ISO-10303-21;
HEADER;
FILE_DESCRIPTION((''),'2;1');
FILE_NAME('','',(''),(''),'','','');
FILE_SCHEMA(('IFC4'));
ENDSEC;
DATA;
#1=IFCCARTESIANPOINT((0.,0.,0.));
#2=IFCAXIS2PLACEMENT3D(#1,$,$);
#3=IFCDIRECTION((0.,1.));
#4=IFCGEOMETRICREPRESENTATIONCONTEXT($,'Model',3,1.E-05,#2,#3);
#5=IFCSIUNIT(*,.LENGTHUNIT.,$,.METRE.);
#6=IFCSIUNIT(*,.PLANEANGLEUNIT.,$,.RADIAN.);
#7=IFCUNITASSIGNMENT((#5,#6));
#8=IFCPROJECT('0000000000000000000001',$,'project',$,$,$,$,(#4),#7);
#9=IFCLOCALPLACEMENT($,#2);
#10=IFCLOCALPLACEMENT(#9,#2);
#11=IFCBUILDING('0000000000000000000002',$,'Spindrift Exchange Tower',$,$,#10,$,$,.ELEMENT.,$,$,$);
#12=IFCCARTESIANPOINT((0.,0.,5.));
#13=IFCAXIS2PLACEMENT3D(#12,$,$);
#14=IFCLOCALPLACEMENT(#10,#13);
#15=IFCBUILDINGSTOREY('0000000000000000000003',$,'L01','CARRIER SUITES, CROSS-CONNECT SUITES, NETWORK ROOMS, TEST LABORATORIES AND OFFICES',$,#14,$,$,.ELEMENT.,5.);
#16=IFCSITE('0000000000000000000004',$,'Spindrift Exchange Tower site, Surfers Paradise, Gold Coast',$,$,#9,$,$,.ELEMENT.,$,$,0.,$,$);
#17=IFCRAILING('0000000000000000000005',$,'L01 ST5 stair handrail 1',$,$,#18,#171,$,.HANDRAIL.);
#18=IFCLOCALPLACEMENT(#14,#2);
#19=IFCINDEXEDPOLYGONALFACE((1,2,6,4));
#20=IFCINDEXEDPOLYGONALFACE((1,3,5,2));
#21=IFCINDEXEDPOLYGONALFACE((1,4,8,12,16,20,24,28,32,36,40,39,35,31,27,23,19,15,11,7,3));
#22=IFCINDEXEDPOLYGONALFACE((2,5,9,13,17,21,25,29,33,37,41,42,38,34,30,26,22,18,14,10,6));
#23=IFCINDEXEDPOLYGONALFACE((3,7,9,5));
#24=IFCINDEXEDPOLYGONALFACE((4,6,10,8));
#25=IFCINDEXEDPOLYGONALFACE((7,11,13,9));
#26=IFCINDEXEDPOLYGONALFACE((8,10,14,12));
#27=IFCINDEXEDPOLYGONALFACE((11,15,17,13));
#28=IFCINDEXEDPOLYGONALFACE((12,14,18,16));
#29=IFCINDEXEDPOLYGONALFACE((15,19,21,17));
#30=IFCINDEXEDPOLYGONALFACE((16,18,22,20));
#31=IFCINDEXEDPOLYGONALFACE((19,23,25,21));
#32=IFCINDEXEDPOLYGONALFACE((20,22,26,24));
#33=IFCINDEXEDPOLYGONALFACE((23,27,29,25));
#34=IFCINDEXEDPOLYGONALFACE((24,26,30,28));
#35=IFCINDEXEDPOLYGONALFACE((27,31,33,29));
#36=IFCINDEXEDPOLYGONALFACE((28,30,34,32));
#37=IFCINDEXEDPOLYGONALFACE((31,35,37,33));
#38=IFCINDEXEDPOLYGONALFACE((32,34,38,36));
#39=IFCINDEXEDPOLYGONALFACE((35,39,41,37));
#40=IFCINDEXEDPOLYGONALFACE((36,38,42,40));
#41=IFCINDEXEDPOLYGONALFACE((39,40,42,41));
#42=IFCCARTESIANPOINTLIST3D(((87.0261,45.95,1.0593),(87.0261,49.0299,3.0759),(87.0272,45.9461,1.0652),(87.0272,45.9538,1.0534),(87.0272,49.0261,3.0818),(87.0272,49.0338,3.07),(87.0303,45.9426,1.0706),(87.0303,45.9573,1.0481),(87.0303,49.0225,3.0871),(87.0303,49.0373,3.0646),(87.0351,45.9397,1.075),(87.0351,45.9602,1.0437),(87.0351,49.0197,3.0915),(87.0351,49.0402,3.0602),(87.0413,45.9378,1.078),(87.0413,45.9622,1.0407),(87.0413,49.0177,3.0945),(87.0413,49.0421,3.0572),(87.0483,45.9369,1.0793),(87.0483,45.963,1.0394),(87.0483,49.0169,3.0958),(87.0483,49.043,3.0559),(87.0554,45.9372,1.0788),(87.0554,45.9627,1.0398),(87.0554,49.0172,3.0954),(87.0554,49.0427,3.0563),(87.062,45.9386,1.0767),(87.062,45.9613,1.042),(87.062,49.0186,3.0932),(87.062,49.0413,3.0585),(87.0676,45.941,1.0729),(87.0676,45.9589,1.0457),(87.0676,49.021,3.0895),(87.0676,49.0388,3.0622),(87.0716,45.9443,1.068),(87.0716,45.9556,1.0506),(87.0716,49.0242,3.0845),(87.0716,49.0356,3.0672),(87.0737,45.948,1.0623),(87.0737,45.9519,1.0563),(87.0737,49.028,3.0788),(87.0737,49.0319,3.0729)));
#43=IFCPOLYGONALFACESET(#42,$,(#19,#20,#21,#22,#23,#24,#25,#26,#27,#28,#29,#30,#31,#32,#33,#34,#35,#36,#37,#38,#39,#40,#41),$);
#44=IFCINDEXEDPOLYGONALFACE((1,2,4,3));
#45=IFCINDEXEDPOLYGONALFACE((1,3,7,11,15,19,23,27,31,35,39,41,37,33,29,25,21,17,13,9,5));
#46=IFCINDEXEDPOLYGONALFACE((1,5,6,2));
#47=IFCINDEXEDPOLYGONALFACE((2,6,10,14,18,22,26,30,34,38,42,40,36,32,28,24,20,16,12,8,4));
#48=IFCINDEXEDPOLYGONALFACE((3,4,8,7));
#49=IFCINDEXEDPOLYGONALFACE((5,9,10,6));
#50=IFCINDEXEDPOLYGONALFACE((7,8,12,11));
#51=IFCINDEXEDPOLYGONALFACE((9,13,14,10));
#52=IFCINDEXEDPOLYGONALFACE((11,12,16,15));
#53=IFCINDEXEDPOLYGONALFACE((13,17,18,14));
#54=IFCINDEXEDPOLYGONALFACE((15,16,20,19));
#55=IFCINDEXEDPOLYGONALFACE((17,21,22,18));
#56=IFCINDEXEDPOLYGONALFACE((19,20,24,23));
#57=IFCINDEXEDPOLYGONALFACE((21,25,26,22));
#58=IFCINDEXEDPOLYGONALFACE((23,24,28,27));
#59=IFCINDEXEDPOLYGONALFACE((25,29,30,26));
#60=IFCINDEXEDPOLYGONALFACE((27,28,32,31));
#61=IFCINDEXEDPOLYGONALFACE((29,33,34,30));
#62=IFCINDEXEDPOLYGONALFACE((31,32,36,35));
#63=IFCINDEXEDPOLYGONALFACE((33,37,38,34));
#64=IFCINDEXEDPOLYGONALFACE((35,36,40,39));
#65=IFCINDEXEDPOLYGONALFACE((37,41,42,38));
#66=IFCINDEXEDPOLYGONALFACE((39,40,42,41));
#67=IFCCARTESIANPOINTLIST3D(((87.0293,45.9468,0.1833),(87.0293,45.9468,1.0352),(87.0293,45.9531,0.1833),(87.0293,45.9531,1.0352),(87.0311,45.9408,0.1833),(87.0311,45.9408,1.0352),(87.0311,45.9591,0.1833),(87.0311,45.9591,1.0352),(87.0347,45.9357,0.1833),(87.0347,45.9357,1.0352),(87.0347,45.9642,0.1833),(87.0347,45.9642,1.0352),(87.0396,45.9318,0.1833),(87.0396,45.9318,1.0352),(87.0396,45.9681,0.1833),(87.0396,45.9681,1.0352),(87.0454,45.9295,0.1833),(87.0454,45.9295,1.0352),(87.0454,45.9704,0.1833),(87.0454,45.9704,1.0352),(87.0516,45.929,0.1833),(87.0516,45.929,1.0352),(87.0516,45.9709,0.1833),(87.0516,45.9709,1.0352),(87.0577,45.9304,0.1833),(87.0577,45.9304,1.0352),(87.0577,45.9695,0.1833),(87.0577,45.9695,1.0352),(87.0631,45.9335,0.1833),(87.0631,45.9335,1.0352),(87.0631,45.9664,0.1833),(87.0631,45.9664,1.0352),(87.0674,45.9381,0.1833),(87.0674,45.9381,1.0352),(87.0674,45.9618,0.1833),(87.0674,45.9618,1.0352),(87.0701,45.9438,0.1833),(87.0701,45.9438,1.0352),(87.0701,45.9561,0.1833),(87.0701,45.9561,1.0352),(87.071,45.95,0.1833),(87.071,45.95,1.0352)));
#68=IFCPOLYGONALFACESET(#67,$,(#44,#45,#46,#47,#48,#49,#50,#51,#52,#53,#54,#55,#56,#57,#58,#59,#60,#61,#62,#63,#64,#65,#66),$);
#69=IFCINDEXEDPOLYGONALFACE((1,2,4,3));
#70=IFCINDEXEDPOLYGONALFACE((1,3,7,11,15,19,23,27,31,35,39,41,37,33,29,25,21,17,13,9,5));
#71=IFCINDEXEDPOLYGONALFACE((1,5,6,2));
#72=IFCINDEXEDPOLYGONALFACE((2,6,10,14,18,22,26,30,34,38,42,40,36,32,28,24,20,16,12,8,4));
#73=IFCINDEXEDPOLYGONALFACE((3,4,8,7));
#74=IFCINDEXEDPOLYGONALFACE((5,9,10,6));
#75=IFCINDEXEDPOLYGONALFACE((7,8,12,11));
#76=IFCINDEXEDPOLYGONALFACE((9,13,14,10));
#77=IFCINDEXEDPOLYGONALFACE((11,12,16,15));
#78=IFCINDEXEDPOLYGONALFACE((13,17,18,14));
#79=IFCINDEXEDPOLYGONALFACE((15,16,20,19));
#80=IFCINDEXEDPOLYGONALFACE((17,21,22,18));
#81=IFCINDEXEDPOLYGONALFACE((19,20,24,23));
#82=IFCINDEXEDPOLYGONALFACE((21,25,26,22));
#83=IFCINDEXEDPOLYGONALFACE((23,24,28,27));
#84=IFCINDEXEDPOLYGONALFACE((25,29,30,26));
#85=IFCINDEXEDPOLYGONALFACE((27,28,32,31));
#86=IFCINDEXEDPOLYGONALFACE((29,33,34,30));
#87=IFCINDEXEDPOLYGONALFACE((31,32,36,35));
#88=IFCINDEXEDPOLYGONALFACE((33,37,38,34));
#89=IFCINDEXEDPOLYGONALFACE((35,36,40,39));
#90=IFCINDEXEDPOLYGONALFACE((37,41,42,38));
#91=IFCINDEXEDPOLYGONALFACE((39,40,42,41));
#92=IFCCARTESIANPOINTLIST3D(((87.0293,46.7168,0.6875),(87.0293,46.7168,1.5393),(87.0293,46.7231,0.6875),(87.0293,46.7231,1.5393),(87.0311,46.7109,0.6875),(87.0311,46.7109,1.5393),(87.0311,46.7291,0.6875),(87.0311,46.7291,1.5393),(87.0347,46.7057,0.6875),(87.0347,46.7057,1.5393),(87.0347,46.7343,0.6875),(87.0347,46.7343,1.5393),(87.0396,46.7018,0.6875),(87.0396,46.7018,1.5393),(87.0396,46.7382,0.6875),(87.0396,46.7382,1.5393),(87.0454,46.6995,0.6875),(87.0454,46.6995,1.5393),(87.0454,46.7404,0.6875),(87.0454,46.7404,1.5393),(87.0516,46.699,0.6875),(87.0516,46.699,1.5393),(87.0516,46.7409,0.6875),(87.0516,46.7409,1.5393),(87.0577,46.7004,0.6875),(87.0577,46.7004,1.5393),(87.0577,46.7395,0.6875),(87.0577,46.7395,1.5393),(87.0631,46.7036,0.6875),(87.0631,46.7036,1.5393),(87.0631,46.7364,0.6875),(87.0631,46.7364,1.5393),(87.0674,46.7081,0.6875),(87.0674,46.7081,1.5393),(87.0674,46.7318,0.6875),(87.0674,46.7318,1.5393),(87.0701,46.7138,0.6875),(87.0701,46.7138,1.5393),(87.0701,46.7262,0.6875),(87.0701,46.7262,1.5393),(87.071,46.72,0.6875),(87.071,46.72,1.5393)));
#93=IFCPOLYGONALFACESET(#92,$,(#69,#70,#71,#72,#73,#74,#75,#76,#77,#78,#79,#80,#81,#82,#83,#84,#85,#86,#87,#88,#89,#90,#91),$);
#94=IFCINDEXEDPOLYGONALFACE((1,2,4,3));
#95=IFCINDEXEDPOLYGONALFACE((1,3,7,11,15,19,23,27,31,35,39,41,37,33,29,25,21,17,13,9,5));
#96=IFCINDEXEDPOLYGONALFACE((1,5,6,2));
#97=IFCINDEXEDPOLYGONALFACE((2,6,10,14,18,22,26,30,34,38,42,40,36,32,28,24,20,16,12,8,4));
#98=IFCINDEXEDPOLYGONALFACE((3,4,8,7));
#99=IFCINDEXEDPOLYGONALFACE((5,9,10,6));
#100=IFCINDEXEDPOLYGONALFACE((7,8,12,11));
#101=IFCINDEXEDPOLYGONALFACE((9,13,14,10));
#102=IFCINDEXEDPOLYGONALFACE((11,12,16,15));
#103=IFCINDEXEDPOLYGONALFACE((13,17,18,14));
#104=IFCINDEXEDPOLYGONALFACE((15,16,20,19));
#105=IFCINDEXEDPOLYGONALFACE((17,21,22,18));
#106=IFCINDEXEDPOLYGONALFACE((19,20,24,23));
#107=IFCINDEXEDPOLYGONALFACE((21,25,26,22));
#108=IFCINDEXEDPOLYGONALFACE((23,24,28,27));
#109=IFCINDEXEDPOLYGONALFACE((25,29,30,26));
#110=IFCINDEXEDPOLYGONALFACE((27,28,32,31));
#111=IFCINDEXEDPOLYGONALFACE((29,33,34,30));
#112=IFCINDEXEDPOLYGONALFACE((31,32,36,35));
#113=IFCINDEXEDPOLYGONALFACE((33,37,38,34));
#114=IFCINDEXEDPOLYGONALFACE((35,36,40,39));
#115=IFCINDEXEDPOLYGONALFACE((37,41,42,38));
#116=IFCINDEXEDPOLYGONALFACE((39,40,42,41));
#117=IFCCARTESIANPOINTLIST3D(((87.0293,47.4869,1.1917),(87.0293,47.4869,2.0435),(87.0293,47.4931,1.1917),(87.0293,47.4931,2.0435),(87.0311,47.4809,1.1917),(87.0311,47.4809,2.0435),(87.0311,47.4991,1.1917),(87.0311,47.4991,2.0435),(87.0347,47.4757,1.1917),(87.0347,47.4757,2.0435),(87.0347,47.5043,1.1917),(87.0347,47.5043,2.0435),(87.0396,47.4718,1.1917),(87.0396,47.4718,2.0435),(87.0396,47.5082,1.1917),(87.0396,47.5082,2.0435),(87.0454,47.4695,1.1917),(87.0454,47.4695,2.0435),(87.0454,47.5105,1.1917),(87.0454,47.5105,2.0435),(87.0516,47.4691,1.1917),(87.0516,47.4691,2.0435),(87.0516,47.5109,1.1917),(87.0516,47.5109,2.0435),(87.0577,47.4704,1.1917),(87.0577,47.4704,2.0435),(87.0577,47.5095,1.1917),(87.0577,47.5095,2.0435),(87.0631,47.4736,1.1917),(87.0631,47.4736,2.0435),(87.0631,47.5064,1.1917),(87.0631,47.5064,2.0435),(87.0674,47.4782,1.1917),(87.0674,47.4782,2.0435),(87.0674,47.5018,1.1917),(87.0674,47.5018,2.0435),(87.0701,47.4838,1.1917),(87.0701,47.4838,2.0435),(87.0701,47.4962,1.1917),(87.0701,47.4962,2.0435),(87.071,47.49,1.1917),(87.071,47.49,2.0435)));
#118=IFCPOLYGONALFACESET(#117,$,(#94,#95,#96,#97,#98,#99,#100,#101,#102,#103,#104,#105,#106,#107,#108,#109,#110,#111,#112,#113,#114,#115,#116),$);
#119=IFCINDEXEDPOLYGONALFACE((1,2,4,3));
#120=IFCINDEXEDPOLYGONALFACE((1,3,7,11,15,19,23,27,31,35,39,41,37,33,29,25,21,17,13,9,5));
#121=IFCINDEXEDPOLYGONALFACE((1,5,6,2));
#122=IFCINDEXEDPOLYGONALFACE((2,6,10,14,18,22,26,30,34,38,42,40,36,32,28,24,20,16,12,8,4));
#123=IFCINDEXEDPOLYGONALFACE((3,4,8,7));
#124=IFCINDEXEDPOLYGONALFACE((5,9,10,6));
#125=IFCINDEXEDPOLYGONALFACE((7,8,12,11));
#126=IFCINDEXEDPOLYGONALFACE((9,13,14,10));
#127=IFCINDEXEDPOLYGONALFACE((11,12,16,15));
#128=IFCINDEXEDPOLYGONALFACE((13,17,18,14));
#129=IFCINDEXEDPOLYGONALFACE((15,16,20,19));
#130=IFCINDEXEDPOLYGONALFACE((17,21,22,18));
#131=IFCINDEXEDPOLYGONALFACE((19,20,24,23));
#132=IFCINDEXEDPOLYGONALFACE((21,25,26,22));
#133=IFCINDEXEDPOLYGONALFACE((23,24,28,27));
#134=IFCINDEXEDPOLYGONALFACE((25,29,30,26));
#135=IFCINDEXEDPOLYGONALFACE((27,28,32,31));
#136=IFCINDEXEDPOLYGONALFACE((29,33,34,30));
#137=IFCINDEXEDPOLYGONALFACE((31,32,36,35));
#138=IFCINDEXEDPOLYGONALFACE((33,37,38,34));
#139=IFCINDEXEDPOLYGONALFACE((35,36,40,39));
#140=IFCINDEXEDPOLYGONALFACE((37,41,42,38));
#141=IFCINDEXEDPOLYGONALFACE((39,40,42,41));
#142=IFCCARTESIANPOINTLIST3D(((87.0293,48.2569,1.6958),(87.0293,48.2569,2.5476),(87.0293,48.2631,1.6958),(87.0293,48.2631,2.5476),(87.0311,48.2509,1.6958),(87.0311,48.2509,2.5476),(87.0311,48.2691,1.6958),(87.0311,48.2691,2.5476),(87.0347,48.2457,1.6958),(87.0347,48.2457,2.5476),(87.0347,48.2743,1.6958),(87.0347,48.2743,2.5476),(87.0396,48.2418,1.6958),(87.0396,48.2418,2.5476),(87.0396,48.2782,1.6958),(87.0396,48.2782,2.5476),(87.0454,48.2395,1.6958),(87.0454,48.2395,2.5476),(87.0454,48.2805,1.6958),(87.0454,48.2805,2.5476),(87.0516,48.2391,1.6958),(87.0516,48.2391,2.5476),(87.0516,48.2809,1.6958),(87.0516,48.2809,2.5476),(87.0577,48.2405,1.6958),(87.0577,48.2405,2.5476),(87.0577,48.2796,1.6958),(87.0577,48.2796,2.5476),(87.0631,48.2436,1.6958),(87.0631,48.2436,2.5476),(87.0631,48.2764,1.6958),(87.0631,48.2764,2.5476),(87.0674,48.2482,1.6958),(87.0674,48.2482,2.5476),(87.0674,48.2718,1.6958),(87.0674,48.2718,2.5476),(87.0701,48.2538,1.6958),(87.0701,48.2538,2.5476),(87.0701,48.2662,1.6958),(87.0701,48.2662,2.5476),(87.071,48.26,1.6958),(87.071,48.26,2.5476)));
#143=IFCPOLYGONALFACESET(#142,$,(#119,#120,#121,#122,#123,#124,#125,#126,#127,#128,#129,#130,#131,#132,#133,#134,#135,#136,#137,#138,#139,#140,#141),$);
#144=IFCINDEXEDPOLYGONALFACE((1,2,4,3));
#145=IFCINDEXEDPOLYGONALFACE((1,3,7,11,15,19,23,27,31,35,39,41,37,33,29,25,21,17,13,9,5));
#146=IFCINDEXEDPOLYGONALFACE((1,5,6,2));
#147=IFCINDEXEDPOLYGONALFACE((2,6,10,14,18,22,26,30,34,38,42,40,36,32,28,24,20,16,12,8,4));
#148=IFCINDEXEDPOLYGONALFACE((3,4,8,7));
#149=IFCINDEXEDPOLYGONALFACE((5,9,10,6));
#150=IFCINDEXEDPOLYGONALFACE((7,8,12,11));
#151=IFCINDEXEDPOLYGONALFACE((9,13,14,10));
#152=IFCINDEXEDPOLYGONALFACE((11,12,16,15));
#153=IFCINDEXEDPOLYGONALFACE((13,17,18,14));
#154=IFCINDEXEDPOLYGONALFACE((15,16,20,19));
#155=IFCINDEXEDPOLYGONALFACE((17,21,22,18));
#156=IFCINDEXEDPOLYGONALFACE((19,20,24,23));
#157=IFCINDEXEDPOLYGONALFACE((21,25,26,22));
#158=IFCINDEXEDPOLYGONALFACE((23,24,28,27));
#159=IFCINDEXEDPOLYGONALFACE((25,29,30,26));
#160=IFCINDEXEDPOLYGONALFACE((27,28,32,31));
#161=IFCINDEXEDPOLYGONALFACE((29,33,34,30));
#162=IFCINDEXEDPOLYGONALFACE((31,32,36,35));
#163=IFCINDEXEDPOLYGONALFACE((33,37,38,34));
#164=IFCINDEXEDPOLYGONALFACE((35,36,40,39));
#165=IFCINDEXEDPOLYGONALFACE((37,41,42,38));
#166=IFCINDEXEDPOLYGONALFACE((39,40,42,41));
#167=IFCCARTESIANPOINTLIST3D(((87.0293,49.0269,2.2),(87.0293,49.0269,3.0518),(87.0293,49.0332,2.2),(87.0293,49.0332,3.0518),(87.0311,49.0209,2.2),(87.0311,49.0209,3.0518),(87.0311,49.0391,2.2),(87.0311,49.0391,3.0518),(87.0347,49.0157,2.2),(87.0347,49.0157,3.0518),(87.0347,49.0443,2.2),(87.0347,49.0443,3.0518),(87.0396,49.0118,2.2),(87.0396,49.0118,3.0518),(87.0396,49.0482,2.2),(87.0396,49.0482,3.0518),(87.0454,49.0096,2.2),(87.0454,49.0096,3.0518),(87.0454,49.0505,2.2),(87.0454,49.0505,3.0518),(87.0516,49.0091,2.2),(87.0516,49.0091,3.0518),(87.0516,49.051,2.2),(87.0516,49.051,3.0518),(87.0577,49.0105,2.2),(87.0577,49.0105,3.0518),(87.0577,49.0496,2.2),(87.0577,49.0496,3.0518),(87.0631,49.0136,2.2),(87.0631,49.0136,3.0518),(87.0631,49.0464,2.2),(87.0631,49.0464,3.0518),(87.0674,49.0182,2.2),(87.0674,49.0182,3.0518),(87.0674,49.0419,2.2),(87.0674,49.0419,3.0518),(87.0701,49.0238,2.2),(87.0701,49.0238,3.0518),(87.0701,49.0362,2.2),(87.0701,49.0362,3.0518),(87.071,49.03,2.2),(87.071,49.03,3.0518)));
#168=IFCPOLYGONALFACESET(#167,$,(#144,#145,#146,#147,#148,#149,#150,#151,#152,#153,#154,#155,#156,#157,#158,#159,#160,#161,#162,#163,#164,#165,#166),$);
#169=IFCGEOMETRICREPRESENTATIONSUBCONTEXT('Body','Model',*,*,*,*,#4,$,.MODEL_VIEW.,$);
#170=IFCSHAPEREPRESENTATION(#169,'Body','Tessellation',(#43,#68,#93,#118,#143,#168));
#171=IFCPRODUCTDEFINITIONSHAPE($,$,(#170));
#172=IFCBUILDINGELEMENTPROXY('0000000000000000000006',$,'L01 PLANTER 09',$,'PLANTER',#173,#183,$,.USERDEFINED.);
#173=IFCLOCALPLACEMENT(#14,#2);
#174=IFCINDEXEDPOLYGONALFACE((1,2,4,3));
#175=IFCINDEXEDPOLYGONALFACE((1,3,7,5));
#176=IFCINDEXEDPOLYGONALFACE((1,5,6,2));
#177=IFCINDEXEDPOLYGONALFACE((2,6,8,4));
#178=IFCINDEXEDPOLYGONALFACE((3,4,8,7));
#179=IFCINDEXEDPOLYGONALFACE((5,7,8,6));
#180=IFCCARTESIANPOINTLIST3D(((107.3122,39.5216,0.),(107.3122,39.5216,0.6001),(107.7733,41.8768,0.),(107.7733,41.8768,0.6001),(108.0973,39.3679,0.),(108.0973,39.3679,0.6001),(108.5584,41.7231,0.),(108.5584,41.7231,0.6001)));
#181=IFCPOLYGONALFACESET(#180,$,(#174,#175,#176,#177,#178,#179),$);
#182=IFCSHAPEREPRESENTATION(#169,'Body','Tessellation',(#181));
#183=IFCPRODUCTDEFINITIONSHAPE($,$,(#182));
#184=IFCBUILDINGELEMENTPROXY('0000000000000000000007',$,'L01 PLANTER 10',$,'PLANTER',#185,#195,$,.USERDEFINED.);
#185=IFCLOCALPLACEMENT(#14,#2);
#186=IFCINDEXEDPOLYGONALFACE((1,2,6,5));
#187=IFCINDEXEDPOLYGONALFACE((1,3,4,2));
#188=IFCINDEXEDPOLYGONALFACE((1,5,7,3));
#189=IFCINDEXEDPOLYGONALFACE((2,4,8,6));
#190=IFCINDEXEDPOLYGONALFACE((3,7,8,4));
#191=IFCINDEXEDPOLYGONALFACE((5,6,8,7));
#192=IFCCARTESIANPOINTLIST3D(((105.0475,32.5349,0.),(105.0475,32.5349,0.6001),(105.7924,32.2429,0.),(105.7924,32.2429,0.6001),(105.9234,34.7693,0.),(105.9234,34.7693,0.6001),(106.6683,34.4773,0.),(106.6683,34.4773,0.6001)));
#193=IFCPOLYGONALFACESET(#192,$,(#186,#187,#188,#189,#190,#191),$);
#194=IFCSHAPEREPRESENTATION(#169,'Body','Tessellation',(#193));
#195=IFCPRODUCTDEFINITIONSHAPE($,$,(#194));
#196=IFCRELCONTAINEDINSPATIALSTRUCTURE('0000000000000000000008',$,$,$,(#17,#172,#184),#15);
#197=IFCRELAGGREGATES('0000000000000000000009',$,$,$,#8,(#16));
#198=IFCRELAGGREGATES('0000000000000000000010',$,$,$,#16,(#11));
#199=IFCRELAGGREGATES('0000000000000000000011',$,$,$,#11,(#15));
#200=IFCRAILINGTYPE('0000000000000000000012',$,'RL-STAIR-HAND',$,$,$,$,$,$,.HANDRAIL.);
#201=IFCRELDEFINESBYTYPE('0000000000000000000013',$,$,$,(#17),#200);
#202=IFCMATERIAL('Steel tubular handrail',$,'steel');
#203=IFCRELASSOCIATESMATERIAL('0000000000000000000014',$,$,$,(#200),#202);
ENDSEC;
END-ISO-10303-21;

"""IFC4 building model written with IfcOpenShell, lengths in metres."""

from ifc_helpers import new_model, si_unit, direction, frame, origin, origin_2d, place, context, subcontext, project, spatial, rectangle, circle, extrude, source, transform, mapped, material, type_object, element, save


model = new_model("IFC4")

# Units and contexts
model_context = context("Model", 3, precision=1e-05, world=origin(), true_north=direction((0.0, 1.0)))
body_context = subcontext(model_context, "Body", "Model", "MODEL_VIEW")
ifc_project = project(units=[si_unit("LENGTHUNIT", "METRE"), si_unit("PLANEANGLEUNIT", "RADIAN")], contexts=[model_context])

# Site, building, storey
site_placement = place(None, origin())
site = spatial("IfcSite", under=ifc_project, at=site_placement, Name="Spindrift Exchange Tower site, Surfers Paradise, Gold Coast", CompositionType="ELEMENT", RefElevation=0.0)
building_placement = place(site_placement, origin())
building = spatial("IfcBuilding", under=site, at=building_placement, Name="Spindrift Exchange Tower", CompositionType="ELEMENT")
storey_placement = place(building_placement, frame((0.0, 0.0, 5.0)))
storey = spatial("IfcBuildingStorey", under=building, at=storey_placement, Name="L01", Description="CARRIER SUITES, CROSS-CONNECT SUITES, NETWORK ROOMS, TEST LABORATORIES AND OFFICES", CompositionType="ELEMENT", Elevation=5.0)

# Railing
ifc_material_1 = material(Name="Steel tubular handrail", Category="steel")
railing_type_1 = type_object("IfcRailingType", Name="RL-STAIR-HAND", PredefinedType="HANDRAIL", material=ifc_material_1)
railing_1_placement = place(storey_placement, frame((87.05, 45.95, 0.1833)))
element("IfcRailing", 1, at=railing_1_placement, inside=storey, type_object=railing_type_1, Name="L01 ST5 stair handrail 1", PredefinedType="HANDRAIL", context=body_context, shape_type="SweptSolid", body=[
    extrude(circle(Radius=0.0239, at=origin_2d()), frame((0.0, 0.0, 0.876), z_axis=(0.0, 0.836633, 0.547764), x_axis=(-1.0, 0.0, 0.0)), (0.0, 0.0, 1.0), 3.6814),
    extrude(circle(Radius=0.021, at=origin_2d()), origin(), (0.0, 0.0, 1.0), 0.8518),
    extrude(circle(Radius=0.021, at=origin_2d()), frame((0.0, 0.77, 0.5042)), (0.0, 0.0, 1.0), 0.8518),
    extrude(circle(Radius=0.021, at=origin_2d()), frame((0.0, 1.54, 1.0083)), (0.0, 0.0, 1.0), 0.8518),
    extrude(circle(Radius=0.021, at=origin_2d()), frame((0.0, 2.3101, 1.5125)), (0.0, 0.0, 1.0), 0.8518),
    extrude(circle(Radius=0.021, at=origin_2d()), frame((0.0, 3.0801, 2.0166)), (0.0, 0.0, 1.0), 0.8518),
])

# Building element proxies
shared_shape_1 = source(origin(), body_context, "Body", "SweptSolid", [
    extrude(rectangle(XDim=2.3999, YDim=0.8, at=origin_2d()), origin(), (0.0, 0.0, 1.0), 0.6001),
])
for number, where, z_axis, x_axis, name in (
    (2, (107.9353, 40.6223, 0.0), (0.0, 0.0, 1.0), (-0.192119, -0.981372, 0.0), "L01 PLANTER 09"),
    (3, (105.8579, 33.5061, 0.0), (0.0, 0.0, 1.0), (-0.364987, -0.931013, 0.0), "L01 PLANTER 10"),
):
    element("IfcBuildingElementProxy", number, at=place(storey_placement, frame(where, z_axis=z_axis, x_axis=x_axis)), inside=storey, Name=name, ObjectType="PLANTER", PredefinedType="USERDEFINED", context=body_context, shape_type="MappedRepresentation", body=[
        mapped(shared_shape_1, transform((0.0, 0.0, 0.0), scale=1.0)),
    ])

save(model, "model.ifc")
